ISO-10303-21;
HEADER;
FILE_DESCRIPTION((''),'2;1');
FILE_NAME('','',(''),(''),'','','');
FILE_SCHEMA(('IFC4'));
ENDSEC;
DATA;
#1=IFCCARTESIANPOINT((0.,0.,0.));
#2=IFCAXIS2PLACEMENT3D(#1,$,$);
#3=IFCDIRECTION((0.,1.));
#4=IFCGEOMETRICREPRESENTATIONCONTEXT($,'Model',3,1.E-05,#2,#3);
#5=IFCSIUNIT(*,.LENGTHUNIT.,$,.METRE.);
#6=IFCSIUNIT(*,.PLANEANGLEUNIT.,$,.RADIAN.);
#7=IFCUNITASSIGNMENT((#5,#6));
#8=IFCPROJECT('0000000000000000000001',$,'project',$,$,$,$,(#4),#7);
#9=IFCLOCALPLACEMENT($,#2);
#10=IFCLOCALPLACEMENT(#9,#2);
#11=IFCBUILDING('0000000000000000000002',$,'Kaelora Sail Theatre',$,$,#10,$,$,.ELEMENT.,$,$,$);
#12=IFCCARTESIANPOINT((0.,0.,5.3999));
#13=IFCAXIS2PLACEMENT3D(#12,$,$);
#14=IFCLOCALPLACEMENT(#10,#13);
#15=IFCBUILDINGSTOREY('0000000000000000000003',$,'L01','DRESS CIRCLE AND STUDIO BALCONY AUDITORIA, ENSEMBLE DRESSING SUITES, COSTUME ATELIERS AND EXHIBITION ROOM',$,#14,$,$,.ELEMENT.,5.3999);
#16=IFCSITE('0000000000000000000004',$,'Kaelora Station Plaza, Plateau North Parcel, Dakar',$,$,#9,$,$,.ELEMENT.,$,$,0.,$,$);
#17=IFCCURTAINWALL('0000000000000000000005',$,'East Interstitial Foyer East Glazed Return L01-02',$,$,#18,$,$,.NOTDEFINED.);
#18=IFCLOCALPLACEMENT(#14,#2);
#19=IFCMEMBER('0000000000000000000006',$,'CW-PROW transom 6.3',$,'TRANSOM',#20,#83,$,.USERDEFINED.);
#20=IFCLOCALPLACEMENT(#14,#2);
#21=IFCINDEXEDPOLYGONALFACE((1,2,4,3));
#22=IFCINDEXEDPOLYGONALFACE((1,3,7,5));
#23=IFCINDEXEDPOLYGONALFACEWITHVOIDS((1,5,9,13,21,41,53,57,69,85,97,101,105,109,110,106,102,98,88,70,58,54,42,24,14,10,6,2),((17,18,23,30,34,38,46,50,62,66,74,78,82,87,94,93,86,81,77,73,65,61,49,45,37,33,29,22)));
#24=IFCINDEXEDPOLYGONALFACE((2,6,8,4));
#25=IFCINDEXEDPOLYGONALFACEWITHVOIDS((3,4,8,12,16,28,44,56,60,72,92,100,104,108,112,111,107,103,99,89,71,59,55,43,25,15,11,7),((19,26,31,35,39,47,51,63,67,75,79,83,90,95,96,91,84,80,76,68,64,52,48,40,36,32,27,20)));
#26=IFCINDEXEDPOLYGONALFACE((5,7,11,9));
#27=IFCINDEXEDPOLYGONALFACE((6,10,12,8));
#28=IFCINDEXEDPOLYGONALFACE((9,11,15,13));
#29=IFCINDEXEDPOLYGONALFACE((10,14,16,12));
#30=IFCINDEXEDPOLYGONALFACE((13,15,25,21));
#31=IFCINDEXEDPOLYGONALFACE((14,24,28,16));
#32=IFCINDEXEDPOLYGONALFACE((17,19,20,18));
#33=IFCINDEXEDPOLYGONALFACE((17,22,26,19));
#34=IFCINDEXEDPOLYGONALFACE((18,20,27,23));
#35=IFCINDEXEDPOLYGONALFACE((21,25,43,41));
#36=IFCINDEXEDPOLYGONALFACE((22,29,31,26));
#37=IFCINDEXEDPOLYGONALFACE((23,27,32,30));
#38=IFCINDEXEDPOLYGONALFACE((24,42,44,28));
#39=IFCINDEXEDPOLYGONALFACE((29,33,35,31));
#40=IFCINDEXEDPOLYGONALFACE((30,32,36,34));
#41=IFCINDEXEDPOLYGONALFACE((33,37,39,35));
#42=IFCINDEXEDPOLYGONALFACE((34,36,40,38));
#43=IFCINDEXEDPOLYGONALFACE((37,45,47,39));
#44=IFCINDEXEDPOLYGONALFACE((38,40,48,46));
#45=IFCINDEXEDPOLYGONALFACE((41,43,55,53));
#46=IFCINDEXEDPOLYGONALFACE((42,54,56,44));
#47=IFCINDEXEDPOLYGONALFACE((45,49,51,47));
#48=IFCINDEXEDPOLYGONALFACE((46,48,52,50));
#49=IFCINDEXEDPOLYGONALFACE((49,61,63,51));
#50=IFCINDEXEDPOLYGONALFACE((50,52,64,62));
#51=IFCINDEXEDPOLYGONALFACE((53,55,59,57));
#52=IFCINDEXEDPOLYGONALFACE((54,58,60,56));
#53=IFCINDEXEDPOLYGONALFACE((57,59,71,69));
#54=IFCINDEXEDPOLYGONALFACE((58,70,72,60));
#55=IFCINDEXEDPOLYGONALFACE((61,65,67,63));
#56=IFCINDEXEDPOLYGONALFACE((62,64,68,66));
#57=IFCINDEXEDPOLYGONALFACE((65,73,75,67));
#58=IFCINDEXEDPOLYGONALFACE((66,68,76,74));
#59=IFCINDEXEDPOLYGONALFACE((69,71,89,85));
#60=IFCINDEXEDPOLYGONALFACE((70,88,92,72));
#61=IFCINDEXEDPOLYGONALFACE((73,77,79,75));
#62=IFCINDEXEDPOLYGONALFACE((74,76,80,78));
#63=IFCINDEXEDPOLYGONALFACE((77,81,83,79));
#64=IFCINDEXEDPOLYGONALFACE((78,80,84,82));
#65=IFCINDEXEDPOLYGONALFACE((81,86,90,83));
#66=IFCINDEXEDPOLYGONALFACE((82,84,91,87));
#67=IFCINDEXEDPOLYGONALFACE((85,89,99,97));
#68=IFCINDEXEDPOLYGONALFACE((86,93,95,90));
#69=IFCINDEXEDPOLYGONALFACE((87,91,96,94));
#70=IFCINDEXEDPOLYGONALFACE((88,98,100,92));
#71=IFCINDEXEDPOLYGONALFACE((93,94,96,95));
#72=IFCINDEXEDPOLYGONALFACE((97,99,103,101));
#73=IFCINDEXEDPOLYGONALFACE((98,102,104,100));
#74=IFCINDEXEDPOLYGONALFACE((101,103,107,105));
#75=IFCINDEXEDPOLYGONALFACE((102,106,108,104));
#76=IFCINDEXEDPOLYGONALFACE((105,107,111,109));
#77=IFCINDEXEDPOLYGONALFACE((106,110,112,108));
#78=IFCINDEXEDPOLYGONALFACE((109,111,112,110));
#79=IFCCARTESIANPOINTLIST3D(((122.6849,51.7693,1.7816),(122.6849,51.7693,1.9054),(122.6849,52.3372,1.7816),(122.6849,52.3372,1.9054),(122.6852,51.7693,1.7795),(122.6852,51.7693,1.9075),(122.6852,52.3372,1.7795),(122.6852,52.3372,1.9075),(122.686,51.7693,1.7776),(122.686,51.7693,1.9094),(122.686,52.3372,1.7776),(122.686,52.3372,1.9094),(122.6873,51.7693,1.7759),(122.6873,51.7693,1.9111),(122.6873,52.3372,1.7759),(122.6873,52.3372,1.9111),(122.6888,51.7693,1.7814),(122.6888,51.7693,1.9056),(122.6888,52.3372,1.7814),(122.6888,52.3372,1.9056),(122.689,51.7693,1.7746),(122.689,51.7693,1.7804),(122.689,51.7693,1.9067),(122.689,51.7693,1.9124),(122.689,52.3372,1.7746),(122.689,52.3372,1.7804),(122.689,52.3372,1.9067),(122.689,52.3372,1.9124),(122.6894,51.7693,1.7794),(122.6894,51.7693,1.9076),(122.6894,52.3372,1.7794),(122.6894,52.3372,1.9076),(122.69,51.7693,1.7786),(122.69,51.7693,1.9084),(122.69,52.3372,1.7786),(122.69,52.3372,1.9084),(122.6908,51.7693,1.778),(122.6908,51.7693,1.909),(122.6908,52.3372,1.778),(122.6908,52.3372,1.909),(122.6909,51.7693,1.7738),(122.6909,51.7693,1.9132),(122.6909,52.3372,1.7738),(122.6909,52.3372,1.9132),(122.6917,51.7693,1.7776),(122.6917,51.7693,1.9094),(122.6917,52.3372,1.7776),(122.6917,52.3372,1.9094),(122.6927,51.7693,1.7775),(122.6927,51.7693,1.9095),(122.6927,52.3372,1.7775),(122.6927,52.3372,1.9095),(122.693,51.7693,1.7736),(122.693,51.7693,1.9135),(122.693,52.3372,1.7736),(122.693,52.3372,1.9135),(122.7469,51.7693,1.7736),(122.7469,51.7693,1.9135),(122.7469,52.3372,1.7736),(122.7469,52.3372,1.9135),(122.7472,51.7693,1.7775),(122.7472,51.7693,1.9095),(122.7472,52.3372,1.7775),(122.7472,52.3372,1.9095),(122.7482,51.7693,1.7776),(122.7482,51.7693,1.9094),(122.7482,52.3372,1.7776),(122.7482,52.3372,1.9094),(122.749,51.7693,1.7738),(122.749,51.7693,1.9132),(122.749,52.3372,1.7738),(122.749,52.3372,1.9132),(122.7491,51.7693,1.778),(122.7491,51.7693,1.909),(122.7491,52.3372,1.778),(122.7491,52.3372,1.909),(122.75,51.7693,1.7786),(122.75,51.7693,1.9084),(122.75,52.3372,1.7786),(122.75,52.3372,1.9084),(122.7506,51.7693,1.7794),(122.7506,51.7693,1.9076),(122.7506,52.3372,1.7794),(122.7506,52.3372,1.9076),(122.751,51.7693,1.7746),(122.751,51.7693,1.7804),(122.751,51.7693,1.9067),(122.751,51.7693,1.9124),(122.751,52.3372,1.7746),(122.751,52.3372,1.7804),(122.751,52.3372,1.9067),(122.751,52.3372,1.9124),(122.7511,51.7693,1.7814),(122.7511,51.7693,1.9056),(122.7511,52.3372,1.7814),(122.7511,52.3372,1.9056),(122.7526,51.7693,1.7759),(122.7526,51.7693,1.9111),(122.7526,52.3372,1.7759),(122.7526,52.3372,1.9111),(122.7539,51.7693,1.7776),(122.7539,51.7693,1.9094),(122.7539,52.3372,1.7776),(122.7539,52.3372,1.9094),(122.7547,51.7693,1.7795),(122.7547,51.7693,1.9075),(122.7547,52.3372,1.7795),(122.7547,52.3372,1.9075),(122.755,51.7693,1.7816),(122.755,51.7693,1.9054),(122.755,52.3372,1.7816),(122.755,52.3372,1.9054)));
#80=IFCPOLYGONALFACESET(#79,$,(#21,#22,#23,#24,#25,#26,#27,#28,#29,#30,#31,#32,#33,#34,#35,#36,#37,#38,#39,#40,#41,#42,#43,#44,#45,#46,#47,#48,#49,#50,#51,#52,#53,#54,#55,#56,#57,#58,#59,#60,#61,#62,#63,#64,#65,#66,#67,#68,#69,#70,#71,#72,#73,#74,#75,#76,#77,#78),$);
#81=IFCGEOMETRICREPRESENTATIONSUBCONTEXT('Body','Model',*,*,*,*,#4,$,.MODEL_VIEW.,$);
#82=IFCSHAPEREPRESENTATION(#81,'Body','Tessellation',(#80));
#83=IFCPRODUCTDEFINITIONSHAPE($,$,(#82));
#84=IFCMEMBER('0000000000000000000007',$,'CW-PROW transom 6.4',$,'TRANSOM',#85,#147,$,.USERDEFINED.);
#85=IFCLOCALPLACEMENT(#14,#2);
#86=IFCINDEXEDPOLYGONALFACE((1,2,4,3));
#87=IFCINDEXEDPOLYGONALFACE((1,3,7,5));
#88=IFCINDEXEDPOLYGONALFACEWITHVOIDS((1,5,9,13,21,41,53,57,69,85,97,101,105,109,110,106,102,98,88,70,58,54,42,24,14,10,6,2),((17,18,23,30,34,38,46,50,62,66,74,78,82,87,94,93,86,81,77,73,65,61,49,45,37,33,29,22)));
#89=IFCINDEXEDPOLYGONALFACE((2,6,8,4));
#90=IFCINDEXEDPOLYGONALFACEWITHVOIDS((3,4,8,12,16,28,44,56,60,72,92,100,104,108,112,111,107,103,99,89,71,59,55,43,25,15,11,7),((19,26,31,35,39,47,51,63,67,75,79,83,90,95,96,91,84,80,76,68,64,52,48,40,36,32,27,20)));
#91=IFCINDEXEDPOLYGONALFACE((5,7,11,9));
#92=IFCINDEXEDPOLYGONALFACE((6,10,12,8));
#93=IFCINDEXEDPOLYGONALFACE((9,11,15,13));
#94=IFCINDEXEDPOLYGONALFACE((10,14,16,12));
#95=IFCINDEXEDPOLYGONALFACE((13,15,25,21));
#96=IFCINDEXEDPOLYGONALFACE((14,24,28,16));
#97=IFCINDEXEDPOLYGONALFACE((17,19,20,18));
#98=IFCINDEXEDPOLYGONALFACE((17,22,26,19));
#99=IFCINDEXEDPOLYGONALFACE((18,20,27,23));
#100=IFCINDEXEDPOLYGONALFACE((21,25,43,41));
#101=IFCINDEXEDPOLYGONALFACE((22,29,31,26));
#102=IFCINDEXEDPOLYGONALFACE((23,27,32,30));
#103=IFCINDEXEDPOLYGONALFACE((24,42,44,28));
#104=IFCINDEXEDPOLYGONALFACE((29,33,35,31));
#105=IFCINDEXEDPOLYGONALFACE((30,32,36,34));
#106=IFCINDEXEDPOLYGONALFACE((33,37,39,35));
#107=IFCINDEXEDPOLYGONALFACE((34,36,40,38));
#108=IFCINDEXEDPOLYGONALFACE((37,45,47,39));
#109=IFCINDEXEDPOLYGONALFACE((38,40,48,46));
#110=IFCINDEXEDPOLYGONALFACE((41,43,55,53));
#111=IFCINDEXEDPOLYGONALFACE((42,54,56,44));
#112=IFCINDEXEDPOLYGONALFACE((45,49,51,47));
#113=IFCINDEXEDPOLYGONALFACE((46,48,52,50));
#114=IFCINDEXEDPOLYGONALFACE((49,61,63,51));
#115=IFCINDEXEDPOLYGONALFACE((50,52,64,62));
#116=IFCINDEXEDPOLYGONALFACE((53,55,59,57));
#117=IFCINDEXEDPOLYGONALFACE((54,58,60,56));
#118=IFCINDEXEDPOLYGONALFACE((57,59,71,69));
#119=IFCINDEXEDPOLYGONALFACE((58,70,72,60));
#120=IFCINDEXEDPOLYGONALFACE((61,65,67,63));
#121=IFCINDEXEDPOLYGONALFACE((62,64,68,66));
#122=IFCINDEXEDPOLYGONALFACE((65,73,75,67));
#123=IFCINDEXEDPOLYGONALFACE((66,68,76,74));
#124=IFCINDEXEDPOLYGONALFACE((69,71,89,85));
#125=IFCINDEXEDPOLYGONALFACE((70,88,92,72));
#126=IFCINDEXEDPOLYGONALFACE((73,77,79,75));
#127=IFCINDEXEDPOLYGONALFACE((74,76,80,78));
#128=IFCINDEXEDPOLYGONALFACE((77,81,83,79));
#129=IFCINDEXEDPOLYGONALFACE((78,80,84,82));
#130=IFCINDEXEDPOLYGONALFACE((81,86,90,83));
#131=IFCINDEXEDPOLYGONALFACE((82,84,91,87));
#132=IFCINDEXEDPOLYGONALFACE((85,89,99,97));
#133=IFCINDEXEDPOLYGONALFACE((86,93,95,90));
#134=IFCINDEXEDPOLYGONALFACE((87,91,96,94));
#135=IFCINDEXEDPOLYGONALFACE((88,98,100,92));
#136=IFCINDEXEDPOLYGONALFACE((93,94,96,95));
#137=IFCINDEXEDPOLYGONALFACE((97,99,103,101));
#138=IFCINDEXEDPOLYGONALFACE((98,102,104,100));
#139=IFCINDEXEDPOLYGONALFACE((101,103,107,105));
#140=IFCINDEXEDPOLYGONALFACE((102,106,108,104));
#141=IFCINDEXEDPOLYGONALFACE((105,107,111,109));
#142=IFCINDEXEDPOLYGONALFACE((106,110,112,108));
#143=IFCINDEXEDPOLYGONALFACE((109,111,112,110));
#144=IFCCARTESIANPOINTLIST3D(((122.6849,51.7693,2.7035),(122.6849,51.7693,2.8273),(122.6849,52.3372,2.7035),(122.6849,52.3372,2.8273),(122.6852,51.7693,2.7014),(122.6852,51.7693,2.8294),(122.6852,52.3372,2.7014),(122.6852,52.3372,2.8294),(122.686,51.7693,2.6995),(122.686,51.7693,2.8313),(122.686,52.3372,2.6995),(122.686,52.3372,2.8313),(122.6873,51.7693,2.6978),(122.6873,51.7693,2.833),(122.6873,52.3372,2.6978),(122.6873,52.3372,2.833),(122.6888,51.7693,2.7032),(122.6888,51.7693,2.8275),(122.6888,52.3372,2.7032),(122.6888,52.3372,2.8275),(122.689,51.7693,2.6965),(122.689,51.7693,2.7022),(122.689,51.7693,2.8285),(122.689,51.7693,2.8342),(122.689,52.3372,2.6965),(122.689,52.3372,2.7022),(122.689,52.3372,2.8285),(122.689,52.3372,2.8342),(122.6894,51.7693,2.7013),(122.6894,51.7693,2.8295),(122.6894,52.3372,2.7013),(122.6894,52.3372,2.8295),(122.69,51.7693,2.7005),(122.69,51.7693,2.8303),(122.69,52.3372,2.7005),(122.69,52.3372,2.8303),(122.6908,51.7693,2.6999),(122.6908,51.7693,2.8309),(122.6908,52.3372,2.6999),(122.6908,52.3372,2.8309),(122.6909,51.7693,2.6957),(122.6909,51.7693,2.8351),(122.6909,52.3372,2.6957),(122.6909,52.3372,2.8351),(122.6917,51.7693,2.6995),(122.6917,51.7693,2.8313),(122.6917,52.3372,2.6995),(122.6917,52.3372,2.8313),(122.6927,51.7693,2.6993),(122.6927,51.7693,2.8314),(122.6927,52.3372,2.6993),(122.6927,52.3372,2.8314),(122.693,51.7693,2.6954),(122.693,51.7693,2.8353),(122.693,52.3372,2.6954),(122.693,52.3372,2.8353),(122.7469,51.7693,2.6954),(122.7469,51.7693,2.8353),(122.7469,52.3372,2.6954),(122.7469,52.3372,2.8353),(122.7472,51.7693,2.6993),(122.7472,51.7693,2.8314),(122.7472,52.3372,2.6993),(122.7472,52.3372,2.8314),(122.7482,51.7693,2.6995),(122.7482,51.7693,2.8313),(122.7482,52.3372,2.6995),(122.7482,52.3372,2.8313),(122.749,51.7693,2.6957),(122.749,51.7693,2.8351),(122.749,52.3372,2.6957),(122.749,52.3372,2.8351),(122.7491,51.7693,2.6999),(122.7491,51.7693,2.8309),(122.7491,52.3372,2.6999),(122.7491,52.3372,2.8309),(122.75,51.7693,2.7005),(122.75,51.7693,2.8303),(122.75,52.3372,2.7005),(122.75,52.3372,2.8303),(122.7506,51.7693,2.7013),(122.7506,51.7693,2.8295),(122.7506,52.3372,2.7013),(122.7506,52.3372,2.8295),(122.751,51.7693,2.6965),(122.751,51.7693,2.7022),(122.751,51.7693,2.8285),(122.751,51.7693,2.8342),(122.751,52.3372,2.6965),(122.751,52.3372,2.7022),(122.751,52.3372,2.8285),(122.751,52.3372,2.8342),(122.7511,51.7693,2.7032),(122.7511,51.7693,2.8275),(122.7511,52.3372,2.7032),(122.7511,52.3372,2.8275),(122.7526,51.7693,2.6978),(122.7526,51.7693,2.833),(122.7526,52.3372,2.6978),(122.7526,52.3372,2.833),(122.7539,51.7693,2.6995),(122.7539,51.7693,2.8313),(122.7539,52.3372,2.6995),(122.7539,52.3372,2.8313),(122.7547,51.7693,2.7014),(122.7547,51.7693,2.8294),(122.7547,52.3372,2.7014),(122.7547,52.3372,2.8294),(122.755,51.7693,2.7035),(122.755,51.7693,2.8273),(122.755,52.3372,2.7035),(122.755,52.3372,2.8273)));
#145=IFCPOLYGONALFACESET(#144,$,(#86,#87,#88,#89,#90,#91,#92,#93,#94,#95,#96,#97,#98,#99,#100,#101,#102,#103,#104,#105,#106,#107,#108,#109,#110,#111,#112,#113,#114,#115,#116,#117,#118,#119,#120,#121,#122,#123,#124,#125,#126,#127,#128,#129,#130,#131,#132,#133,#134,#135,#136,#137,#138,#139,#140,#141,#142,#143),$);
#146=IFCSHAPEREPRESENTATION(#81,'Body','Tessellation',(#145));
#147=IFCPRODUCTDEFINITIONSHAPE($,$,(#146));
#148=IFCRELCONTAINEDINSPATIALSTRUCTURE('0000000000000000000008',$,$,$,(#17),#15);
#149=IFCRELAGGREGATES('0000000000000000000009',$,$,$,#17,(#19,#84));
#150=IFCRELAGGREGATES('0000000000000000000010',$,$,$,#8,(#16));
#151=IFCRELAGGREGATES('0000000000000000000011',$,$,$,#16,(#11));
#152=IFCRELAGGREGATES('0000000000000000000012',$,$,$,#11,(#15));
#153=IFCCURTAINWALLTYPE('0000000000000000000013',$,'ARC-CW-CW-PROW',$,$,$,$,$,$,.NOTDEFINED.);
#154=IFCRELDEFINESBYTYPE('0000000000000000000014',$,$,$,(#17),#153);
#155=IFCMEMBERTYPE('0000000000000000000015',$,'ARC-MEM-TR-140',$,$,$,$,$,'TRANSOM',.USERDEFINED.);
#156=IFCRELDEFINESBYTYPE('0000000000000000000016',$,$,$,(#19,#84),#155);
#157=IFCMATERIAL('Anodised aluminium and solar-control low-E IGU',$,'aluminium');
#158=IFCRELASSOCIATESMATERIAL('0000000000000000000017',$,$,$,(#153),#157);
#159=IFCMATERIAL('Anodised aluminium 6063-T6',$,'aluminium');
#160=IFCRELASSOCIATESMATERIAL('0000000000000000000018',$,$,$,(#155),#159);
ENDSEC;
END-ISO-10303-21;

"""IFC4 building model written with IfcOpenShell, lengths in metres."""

from ifc_helpers import new_model, si_unit, direction, frame, origin, origin_2d, place, context, subcontext, project, spatial, hollow_rectangle, extrude, material, material_profile, profile_set, type_object, element, aggregate, save


model = new_model("IFC4")

# Units and contexts
model_context = context("Model", 3, precision=1e-05, world=origin(), true_north=direction((0.0, 1.0)))
body_context = subcontext(model_context, "Body", "Model", "MODEL_VIEW")
ifc_project = project(units=[si_unit("LENGTHUNIT", "METRE"), si_unit("PLANEANGLEUNIT", "RADIAN")], contexts=[model_context])

# Site, building, storey
site_placement = place(None, origin())
site = spatial("IfcSite", under=ifc_project, at=site_placement, Name="Kaelora Station Plaza, Plateau North Parcel, Dakar", CompositionType="ELEMENT", RefElevation=0.0)
building_placement = place(site_placement, origin())
building = spatial("IfcBuilding", under=site, at=building_placement, Name="Kaelora Sail Theatre", CompositionType="ELEMENT")
storey_placement = place(building_placement, frame((0.0, 0.0, 5.3999)))
storey = spatial("IfcBuildingStorey", under=building, at=storey_placement, Name="L01", Description="DRESS CIRCLE AND STUDIO BALCONY AUDITORIA, ENSEMBLE DRESSING SUITES, COSTUME ATELIERS AND EXHIBITION ROOM", CompositionType="ELEMENT", Elevation=5.3999)

# Curtain wall, members
ifc_material_1 = material(Name="Anodised aluminium and solar-control low-E IGU", Category="aluminium")
curtain_wall_type = type_object("IfcCurtainWallType", Name="ARC-CW-CW-PROW", PredefinedType="NOTDEFINED", material=ifc_material_1)
curtain_wall_placement = place(storey_placement, origin())
curtain_wall = element("IfcCurtainWall", 1, at=curtain_wall_placement, inside=storey, type_object=curtain_wall_type, Name="East Interstitial Foyer East Glazed Return L01-02", PredefinedType="NOTDEFINED")
ifc_material_2 = material(Name="Anodised aluminium 6063-T6", Category="aluminium")
ifc_material_profile_1 = material_profile(ifc_material_2, hollow_rectangle(XDim=0.0701, YDim=0.1399, WallThickness=0.0039, InnerFilletRadius=0.0039, OuterFilletRadius=0.0081, at=origin_2d()), Name="ALU-TRAN 70x140x4")
ifc_profile_set_1 = profile_set([ifc_material_profile_1], Name="Anodised aluminium 6063-T6")
member_type_1 = type_object("IfcMemberType", Name="ARC-MEM-TR-140", ElementType="TRANSOM", PredefinedType="USERDEFINED", material=ifc_profile_set_1)
member_1_placement = place(storey_placement, frame((122.72, 51.7693, 1.8435), z_axis=(0.0, 1.0, 0.0), x_axis=(-1.0, 0.0, 0.0)))
member_1 = element("IfcMember", 2, at=member_1_placement, type_object=member_type_1, Name="CW-PROW transom 6.3", ObjectType="TRANSOM", PredefinedType="USERDEFINED", context=body_context, shape_type="SweptSolid", body=[
    extrude(hollow_rectangle(XDim=0.0701, YDim=0.1399, WallThickness=0.0039, InnerFilletRadius=0.0039, OuterFilletRadius=0.0081, at=origin_2d()), origin(), (0.0, 0.0, 1.0), 0.5679),
])
member_2_placement = place(storey_placement, frame((122.72, 51.7693, 2.7654), z_axis=(0.0, 1.0, 0.0), x_axis=(-1.0, 0.0, 0.0)))
member_2 = element("IfcMember", 3, at=member_2_placement, type_object=member_type_1, Name="CW-PROW transom 6.4", ObjectType="TRANSOM", PredefinedType="USERDEFINED", context=body_context, shape_type="SweptSolid", body=[
    extrude(hollow_rectangle(XDim=0.0701, YDim=0.1399, WallThickness=0.0039, InnerFilletRadius=0.0039, OuterFilletRadius=0.0081, at=origin_2d()), origin(), (0.0, 0.0, 1.0), 0.5679),
])

aggregate(curtain_wall, [member_1, member_2])

save(model, "model.ifc")
